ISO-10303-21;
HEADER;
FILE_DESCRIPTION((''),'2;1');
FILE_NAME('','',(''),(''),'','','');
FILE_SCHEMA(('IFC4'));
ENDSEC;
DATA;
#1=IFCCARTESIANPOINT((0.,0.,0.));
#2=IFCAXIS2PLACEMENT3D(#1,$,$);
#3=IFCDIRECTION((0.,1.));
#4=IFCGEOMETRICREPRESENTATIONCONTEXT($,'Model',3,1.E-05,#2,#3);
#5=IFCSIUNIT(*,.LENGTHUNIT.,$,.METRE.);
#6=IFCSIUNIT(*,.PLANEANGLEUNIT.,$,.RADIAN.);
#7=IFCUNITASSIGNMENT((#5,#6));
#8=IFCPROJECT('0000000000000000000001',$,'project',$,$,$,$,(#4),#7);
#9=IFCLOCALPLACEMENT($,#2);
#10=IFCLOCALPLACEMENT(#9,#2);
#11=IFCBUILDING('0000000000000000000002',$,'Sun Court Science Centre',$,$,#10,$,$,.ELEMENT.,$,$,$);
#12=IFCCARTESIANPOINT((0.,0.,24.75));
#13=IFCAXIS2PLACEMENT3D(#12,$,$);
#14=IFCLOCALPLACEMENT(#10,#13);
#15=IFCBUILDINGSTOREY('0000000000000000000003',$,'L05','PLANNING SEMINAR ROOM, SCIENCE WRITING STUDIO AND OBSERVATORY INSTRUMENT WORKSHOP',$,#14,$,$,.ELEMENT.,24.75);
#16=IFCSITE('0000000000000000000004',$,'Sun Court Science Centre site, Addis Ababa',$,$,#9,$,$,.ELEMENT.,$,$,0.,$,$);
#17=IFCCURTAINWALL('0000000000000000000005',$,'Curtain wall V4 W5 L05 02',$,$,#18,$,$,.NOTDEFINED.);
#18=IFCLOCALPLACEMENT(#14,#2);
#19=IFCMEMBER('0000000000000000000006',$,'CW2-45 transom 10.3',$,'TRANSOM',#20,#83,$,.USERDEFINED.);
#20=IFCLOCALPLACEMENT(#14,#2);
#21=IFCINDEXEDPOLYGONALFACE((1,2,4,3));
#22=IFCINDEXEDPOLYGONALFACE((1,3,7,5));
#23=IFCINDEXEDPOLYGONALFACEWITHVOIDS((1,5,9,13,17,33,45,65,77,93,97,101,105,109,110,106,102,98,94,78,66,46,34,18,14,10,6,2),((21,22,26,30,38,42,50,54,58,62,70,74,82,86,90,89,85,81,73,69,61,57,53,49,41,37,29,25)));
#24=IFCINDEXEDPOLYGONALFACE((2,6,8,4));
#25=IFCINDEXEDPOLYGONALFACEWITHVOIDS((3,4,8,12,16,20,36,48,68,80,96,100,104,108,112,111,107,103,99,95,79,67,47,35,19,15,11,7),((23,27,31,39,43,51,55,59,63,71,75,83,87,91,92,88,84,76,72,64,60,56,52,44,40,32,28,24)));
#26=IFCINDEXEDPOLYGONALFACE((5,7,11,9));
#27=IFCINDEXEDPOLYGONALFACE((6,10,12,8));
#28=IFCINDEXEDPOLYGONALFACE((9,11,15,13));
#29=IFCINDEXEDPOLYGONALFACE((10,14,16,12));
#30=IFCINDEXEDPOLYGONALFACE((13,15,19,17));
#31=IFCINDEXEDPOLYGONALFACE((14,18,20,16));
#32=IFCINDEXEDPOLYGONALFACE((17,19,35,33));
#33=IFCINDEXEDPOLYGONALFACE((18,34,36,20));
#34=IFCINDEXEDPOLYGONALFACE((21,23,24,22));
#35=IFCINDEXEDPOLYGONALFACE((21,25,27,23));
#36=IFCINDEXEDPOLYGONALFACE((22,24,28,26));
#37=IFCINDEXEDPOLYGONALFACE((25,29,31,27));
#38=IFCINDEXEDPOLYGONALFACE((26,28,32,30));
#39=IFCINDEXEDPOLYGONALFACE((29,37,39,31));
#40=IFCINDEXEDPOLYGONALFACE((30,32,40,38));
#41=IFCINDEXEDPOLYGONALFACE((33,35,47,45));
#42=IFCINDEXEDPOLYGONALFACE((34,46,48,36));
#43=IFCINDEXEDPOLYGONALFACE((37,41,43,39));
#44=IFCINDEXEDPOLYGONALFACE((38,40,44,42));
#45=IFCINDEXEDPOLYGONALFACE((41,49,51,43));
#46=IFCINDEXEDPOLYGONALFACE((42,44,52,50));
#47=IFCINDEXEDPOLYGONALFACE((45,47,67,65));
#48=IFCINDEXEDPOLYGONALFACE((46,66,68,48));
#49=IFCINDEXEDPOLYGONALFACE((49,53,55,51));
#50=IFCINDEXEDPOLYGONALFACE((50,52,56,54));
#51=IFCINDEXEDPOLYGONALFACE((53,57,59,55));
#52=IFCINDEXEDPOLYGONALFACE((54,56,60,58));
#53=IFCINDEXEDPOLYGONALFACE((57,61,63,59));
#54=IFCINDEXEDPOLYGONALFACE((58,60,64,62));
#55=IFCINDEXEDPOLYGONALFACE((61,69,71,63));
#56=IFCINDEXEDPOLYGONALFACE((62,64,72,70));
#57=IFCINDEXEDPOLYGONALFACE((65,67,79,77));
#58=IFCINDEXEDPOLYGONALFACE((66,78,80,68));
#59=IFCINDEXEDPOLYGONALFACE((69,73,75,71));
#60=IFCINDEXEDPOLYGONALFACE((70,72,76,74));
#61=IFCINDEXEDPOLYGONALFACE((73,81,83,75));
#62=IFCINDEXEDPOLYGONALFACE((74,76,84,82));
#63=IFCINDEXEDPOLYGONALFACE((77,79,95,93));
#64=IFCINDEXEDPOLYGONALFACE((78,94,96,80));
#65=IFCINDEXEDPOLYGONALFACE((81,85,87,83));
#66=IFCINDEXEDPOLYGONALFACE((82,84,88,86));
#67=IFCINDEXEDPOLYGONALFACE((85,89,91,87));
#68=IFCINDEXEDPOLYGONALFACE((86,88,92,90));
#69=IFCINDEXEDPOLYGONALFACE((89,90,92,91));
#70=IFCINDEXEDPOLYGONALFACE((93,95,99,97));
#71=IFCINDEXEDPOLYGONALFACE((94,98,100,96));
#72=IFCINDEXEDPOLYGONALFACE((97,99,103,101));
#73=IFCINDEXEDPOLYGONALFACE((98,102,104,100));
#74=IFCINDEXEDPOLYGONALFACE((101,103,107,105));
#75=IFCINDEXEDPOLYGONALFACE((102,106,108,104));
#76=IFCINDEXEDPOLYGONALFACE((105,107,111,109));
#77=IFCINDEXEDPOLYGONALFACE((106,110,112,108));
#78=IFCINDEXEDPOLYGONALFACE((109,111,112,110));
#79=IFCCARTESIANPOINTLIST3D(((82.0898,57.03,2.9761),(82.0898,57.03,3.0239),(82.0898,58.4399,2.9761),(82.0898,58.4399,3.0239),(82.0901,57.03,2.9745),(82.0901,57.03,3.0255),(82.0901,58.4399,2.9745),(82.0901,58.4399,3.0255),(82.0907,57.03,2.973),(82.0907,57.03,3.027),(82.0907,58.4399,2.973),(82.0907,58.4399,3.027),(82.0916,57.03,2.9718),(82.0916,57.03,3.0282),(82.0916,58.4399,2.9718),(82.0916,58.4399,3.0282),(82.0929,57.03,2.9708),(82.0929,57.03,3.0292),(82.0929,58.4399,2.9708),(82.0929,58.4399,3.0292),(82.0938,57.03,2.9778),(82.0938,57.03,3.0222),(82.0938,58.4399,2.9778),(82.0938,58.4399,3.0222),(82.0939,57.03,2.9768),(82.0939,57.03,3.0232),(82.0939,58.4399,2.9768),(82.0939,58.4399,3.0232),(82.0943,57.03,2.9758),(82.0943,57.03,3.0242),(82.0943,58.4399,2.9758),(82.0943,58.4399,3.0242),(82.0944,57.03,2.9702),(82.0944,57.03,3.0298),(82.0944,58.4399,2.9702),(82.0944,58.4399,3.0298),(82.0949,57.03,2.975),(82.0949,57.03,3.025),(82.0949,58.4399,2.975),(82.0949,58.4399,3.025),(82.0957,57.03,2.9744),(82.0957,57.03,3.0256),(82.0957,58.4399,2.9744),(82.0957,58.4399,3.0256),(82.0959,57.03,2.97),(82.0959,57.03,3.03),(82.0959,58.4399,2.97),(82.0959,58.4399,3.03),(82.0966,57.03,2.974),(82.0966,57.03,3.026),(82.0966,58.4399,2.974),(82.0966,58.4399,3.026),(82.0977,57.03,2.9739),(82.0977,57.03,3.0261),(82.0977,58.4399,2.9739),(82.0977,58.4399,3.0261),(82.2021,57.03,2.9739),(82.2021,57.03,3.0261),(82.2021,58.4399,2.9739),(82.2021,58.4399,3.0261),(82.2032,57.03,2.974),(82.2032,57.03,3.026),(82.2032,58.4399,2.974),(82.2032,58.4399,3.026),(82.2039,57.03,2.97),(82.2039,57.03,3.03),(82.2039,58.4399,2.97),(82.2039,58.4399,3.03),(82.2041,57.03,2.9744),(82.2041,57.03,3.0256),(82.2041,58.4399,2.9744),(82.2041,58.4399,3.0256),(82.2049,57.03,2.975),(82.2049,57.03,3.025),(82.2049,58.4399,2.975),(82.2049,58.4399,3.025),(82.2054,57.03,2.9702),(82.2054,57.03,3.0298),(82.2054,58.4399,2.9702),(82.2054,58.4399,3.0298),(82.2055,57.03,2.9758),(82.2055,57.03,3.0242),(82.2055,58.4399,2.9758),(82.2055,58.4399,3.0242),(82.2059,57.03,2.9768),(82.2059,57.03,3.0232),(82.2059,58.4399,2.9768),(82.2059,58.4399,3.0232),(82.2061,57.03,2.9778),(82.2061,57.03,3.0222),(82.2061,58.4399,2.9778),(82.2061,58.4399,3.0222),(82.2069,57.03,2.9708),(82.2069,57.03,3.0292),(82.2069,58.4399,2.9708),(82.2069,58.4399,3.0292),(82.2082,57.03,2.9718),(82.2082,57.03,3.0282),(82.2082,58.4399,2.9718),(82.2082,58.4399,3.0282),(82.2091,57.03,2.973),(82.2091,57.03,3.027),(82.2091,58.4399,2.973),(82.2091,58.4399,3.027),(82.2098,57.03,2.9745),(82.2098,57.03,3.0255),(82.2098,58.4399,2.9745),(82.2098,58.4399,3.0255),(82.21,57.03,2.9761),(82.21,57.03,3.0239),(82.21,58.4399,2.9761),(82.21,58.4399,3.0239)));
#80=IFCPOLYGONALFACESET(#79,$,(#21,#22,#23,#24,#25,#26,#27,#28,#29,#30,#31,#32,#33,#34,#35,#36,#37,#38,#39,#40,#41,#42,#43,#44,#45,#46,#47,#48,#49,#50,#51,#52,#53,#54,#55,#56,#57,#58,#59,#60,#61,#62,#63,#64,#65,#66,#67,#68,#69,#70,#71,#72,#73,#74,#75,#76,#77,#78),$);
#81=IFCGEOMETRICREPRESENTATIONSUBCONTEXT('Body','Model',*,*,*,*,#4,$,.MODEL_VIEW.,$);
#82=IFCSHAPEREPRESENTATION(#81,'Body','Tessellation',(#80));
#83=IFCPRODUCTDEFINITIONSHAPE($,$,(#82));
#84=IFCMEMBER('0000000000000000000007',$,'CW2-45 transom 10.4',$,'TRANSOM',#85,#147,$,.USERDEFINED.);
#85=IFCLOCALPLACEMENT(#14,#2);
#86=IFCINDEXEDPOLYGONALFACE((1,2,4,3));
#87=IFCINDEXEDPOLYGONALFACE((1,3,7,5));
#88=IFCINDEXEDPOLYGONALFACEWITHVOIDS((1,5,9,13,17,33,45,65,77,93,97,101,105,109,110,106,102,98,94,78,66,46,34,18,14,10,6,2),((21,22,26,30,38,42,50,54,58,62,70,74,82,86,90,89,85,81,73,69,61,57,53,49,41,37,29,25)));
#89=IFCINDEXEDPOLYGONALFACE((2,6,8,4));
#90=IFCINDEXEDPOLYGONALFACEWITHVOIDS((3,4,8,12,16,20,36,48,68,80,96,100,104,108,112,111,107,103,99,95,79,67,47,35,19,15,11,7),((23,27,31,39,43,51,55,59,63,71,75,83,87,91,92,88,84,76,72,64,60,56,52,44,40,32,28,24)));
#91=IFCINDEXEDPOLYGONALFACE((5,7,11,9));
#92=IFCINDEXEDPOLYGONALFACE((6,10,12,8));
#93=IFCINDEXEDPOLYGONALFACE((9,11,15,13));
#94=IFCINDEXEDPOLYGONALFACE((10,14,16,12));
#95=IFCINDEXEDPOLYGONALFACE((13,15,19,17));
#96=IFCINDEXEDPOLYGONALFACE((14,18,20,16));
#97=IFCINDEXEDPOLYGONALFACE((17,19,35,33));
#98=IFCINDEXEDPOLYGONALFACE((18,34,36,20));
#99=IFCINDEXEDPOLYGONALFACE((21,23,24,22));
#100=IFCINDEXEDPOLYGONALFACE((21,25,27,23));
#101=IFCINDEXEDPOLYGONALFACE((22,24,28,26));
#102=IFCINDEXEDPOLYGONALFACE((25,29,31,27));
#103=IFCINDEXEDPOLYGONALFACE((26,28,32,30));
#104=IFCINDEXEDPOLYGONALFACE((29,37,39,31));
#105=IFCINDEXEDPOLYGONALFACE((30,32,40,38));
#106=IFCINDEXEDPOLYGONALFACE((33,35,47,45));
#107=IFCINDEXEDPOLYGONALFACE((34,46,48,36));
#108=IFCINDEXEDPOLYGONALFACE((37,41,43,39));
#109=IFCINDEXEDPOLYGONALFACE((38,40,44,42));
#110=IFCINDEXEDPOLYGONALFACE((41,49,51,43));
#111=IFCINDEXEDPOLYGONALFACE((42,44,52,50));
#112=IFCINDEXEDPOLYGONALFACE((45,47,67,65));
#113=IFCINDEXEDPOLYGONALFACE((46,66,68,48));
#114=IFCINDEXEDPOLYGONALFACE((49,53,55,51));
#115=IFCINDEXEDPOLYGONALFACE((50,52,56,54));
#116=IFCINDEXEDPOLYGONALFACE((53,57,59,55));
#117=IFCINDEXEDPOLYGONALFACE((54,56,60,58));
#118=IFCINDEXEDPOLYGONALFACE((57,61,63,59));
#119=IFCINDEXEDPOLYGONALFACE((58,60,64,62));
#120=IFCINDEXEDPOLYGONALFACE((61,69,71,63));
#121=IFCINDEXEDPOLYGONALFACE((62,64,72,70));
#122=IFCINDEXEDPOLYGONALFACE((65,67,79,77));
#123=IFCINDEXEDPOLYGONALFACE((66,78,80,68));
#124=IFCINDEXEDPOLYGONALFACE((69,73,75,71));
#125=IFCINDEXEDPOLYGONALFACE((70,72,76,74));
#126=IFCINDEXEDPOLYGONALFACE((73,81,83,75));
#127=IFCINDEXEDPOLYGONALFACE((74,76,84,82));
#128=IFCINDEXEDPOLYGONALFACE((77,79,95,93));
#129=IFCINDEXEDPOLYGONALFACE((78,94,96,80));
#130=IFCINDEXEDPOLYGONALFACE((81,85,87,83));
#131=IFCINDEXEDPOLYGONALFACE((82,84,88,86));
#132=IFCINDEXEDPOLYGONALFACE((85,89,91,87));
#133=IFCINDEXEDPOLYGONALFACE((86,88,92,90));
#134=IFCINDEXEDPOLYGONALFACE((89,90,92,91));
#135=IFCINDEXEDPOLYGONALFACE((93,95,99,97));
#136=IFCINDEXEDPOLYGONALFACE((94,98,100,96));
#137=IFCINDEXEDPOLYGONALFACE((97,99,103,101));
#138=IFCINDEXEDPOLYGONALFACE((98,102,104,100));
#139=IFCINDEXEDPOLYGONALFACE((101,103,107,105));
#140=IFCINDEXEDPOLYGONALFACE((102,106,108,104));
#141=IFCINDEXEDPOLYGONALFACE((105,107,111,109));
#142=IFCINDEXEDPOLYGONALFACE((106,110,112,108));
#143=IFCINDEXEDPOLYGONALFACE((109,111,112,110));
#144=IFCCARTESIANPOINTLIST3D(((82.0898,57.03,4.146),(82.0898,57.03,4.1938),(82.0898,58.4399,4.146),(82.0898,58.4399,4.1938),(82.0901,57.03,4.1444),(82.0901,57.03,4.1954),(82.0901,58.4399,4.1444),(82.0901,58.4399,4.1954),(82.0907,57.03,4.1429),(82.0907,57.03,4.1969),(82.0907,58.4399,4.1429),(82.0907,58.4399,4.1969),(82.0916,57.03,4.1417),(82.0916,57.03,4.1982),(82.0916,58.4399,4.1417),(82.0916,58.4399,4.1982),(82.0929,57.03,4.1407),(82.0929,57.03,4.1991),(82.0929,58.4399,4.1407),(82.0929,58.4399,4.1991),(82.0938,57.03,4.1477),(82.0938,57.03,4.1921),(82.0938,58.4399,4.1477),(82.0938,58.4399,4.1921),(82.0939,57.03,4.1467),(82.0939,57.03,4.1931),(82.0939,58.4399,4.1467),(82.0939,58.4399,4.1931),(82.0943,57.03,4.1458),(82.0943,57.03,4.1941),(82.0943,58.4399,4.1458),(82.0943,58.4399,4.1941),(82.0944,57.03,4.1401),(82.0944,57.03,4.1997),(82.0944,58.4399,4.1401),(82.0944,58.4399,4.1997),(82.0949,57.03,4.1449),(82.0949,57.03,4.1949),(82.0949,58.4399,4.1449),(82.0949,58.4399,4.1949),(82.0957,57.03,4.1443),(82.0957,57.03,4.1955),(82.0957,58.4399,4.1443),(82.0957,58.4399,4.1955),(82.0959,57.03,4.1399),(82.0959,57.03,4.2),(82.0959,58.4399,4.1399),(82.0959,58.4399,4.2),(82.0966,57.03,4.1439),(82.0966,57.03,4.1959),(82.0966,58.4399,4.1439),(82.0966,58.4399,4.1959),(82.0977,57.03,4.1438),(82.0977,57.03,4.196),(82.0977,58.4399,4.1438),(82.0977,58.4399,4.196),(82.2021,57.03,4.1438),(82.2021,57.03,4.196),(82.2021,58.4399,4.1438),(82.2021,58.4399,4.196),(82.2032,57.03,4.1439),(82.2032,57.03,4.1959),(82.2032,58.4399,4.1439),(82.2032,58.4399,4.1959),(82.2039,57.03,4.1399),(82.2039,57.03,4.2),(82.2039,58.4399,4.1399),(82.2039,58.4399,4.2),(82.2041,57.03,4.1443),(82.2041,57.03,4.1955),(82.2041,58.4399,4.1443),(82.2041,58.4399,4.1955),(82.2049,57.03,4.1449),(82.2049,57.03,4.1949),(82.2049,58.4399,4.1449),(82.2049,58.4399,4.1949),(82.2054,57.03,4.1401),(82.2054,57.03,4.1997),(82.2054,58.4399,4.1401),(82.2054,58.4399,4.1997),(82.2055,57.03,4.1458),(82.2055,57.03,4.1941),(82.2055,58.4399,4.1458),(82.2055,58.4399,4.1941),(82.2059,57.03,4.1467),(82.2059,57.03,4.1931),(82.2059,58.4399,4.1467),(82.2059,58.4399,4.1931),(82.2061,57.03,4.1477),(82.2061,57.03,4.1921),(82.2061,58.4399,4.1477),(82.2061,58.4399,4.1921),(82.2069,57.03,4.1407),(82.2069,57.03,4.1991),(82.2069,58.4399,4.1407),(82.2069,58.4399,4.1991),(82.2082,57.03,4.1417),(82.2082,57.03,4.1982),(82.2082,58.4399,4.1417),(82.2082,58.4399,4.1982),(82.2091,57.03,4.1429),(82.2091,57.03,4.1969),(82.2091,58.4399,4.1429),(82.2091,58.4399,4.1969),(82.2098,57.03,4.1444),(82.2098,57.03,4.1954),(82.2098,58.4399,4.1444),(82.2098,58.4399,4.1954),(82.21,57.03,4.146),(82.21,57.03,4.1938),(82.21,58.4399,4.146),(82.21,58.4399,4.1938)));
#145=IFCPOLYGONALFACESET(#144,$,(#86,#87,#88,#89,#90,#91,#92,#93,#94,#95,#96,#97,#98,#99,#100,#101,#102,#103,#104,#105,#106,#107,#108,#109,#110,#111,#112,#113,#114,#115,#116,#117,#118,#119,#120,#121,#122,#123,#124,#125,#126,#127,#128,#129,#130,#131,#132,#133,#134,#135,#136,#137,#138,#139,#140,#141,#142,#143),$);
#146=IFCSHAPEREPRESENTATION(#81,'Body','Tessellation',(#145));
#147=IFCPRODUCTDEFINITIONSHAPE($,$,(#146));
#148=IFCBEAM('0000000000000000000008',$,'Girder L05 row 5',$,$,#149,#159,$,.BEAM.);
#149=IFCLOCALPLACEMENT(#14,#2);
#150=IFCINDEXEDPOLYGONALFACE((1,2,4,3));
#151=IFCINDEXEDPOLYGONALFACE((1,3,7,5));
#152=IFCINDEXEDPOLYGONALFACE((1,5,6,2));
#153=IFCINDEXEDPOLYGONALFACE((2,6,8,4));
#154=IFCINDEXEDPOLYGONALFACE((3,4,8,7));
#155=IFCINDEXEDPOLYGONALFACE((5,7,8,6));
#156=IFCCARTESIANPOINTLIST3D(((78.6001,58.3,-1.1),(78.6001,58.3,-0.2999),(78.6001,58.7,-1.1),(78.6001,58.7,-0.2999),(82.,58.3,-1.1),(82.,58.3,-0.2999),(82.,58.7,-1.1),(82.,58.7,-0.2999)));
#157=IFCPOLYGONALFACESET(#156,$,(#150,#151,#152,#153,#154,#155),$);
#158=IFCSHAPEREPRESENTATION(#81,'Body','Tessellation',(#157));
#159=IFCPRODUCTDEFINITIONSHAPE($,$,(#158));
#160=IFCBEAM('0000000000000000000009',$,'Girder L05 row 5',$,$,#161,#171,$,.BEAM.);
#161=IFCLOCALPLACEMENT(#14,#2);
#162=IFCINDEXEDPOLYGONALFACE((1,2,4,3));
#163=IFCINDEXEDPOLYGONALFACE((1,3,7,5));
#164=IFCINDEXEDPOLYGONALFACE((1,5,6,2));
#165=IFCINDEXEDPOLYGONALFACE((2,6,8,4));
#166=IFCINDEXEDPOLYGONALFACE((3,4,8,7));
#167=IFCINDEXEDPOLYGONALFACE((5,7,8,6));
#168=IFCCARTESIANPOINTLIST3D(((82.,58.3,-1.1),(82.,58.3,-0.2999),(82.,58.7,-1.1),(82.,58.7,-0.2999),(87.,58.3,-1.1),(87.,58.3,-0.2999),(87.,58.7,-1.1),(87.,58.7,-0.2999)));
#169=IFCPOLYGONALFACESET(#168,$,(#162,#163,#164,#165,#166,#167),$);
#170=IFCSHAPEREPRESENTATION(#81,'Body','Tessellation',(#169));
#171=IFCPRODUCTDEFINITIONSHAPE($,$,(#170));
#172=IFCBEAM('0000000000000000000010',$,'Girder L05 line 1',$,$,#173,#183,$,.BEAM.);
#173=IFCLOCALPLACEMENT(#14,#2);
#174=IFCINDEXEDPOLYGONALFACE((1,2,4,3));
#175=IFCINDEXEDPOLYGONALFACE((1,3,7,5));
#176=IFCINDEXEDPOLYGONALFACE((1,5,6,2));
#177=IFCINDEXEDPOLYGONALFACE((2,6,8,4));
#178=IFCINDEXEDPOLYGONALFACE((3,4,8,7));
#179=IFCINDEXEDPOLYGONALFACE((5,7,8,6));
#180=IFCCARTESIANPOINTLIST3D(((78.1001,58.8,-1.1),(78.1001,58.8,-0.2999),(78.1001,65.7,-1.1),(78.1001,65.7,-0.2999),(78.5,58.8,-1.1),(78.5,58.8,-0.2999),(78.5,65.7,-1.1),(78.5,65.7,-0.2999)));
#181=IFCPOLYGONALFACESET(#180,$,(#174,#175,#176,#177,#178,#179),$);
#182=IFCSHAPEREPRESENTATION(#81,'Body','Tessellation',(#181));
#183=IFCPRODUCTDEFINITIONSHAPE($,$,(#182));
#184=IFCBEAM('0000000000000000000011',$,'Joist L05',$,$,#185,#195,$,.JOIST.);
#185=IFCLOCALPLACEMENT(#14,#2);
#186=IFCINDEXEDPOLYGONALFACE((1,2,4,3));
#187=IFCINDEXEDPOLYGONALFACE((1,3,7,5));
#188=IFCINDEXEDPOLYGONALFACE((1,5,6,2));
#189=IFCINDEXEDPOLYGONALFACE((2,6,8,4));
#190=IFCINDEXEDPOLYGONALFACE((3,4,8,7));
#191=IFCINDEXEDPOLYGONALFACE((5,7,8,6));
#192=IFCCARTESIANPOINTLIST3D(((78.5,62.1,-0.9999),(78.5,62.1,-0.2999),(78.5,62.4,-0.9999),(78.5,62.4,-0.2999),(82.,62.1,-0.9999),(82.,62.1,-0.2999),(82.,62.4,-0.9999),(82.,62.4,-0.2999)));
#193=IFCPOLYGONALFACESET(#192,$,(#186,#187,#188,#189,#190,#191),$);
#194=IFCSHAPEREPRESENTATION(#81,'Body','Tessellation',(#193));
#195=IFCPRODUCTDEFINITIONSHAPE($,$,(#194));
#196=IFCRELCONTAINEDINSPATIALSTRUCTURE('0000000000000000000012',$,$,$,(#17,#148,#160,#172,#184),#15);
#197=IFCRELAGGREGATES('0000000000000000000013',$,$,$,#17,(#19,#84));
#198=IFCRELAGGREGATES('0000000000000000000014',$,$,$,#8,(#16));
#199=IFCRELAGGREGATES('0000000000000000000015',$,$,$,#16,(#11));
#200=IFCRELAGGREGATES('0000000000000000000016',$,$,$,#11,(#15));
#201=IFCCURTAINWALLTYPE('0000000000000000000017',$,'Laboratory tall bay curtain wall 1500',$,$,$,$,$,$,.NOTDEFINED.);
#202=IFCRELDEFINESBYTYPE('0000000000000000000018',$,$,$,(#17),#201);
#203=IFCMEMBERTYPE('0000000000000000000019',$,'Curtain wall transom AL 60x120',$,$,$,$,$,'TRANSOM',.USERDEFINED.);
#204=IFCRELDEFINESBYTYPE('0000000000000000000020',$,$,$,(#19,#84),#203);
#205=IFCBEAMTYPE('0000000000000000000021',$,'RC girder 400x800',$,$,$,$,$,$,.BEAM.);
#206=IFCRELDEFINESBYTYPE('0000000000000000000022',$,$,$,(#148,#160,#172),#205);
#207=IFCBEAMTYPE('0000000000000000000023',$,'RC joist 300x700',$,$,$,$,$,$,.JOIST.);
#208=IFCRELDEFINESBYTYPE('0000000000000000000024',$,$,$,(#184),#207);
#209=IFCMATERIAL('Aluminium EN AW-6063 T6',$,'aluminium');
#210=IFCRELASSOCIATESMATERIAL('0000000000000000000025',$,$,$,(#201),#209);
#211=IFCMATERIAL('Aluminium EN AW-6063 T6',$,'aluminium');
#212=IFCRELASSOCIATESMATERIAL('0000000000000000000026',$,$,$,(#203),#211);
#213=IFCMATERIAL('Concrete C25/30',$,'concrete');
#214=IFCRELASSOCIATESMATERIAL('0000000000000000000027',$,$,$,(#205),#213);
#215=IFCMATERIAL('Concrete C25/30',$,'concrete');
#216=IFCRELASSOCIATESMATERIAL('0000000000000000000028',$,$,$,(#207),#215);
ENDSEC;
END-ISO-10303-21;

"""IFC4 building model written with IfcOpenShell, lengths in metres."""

from ifc_helpers import new_model, si_unit, direction, frame, origin, origin_2d, place, context, subcontext, project, spatial, rectangle, hollow_rectangle, extrude, material, material_profile, profile_set, type_object, element, aggregate, save


model = new_model("IFC4")

# Units and contexts
model_context = context("Model", 3, precision=1e-05, world=origin(), true_north=direction((0.0, 1.0)))
body_context = subcontext(model_context, "Body", "Model", "MODEL_VIEW")
ifc_project = project(units=[si_unit("LENGTHUNIT", "METRE"), si_unit("PLANEANGLEUNIT", "RADIAN")], contexts=[model_context])

# Site, building, storey
site_placement = place(None, origin())
site = spatial("IfcSite", under=ifc_project, at=site_placement, Name="Sun Court Science Centre site, Addis Ababa", CompositionType="ELEMENT", RefElevation=0.0)
building_placement = place(site_placement, origin())
building = spatial("IfcBuilding", under=site, at=building_placement, Name="Sun Court Science Centre", CompositionType="ELEMENT")
storey_placement = place(building_placement, frame((0.0, 0.0, 24.75)))
storey = spatial("IfcBuildingStorey", under=building, at=storey_placement, Name="L05", Description="PLANNING SEMINAR ROOM, SCIENCE WRITING STUDIO AND OBSERVATORY INSTRUMENT WORKSHOP", CompositionType="ELEMENT", Elevation=24.75)

# Curtain wall, members
ifc_material_1 = material(Name="Aluminium EN AW-6063 T6", Category="aluminium")
curtain_wall_type = type_object("IfcCurtainWallType", Name="Laboratory tall bay curtain wall 1500", PredefinedType="NOTDEFINED", material=ifc_material_1)
curtain_wall_placement = place(storey_placement, origin())
curtain_wall = element("IfcCurtainWall", 1, at=curtain_wall_placement, inside=storey, type_object=curtain_wall_type, Name="Curtain wall V4 W5 L05 02", PredefinedType="NOTDEFINED")
ifc_material_2 = material(Name="Aluminium EN AW-6063 T6", Category="aluminium")
ifc_material_profile_1 = material_profile(ifc_material_2, hollow_rectangle(XDim=0.0601, YDim=0.1201, WallThickness=0.0039, InnerFilletRadius=0.0039, OuterFilletRadius=0.0061, at=origin_2d()), Name="AL 60x120x4")
ifc_profile_set_1 = profile_set([ifc_material_profile_1], Name="Aluminium EN AW-6063 T6")
member_type_1 = type_object("IfcMemberType", Name="Curtain wall transom AL 60x120", ElementType="TRANSOM", PredefinedType="USERDEFINED", material=ifc_profile_set_1)
member_1_placement = place(storey_placement, frame((82.1499, 57.03, 3.0), z_axis=(0.0, 1.0, 0.0), x_axis=(0.0, 0.0, 1.0)))
member_1 = element("IfcMember", 2, at=member_1_placement, type_object=member_type_1, Name="CW2-45 transom 10.3", ObjectType="TRANSOM", PredefinedType="USERDEFINED", context=body_context, shape_type="SweptSolid", body=[
    extrude(hollow_rectangle(XDim=0.0601, YDim=0.1201, WallThickness=0.0039, InnerFilletRadius=0.0039, OuterFilletRadius=0.0061, at=origin_2d()), origin(), (0.0, 0.0, 1.0), 1.4099),
])
member_2_placement = place(storey_placement, frame((82.1499, 57.03, 4.1699), z_axis=(0.0, 1.0, 0.0), x_axis=(0.0, 0.0, 1.0)))
member_2 = element("IfcMember", 3, at=member_2_placement, type_object=member_type_1, Name="CW2-45 transom 10.4", ObjectType="TRANSOM", PredefinedType="USERDEFINED", context=body_context, shape_type="SweptSolid", body=[
    extrude(hollow_rectangle(XDim=0.0601, YDim=0.1201, WallThickness=0.0039, InnerFilletRadius=0.0039, OuterFilletRadius=0.0061, at=origin_2d()), origin(), (0.0, 0.0, 1.0), 1.4099),
])

# Beams
ifc_material_3 = material(Name="Concrete C25/30", Category="concrete")
ifc_material_profile_2 = material_profile(ifc_material_3, rectangle(XDim=0.3999, YDim=0.8, at=origin_2d()), Name="RC 400x800")
ifc_profile_set_2 = profile_set([ifc_material_profile_2], Name="Concrete C25/30")
beam_type_1 = type_object("IfcBeamType", Name="RC girder 400x800", PredefinedType="BEAM", material=ifc_profile_set_2)
beam_1_placement = place(storey_placement, frame((78.6001, 58.5, -0.7), z_axis=(1.0, 0.0, 0.0), x_axis=(0.0, 1.0, 0.0)))
element("IfcBeam", 4, at=beam_1_placement, inside=storey, type_object=beam_type_1, Name="Girder L05 row 5", PredefinedType="BEAM", context=body_context, shape_type="SweptSolid", body=[
    extrude(rectangle(XDim=0.3999, YDim=0.8, at=origin_2d()), origin(), (0.0, 0.0, 1.0), 3.3999),
])
beam_2_placement = place(storey_placement, frame((82.0, 58.5, -0.7), z_axis=(1.0, 0.0, 0.0), x_axis=(0.0, 1.0, 0.0)))
element("IfcBeam", 5, at=beam_2_placement, inside=storey, type_object=beam_type_1, Name="Girder L05 row 5", PredefinedType="BEAM", context=body_context, shape_type="SweptSolid", body=[
    extrude(rectangle(XDim=0.3999, YDim=0.8, at=origin_2d()), origin(), (0.0, 0.0, 1.0), 5.0),
])
beam_3_placement = place(storey_placement, frame((78.3, 58.8, -0.7), z_axis=(0.0, 1.0, 0.0), x_axis=(-1.0, 0.0, 0.0)))
element("IfcBeam", 6, at=beam_3_placement, inside=storey, type_object=beam_type_1, Name="Girder L05 line 1", PredefinedType="BEAM", context=body_context, shape_type="SweptSolid", body=[
    extrude(rectangle(XDim=0.3999, YDim=0.8, at=origin_2d()), origin(), (0.0, 0.0, 1.0), 6.8999),
])
ifc_material_4 = material(Name="Concrete C25/30", Category="concrete")
ifc_material_profile_3 = material_profile(ifc_material_4, rectangle(XDim=0.3, YDim=0.7, at=origin_2d()), Name="RC 300x700")
ifc_profile_set_3 = profile_set([ifc_material_profile_3], Name="Concrete C25/30")
beam_type_2 = type_object("IfcBeamType", Name="RC joist 300x700", PredefinedType="JOIST", material=ifc_profile_set_3)
beam_4_placement = place(storey_placement, frame((78.5, 62.25, -0.6499), z_axis=(1.0, 0.0, 0.0), x_axis=(0.0, 1.0, 0.0)))
element("IfcBeam", 7, at=beam_4_placement, inside=storey, type_object=beam_type_2, Name="Joist L05", PredefinedType="JOIST", context=body_context, shape_type="SweptSolid", body=[
    extrude(rectangle(XDim=0.3, YDim=0.7, at=origin_2d()), origin(), (0.0, 0.0, 1.0), 3.5),
])

aggregate(curtain_wall, [member_1, member_2])

save(model, "model.ifc")
